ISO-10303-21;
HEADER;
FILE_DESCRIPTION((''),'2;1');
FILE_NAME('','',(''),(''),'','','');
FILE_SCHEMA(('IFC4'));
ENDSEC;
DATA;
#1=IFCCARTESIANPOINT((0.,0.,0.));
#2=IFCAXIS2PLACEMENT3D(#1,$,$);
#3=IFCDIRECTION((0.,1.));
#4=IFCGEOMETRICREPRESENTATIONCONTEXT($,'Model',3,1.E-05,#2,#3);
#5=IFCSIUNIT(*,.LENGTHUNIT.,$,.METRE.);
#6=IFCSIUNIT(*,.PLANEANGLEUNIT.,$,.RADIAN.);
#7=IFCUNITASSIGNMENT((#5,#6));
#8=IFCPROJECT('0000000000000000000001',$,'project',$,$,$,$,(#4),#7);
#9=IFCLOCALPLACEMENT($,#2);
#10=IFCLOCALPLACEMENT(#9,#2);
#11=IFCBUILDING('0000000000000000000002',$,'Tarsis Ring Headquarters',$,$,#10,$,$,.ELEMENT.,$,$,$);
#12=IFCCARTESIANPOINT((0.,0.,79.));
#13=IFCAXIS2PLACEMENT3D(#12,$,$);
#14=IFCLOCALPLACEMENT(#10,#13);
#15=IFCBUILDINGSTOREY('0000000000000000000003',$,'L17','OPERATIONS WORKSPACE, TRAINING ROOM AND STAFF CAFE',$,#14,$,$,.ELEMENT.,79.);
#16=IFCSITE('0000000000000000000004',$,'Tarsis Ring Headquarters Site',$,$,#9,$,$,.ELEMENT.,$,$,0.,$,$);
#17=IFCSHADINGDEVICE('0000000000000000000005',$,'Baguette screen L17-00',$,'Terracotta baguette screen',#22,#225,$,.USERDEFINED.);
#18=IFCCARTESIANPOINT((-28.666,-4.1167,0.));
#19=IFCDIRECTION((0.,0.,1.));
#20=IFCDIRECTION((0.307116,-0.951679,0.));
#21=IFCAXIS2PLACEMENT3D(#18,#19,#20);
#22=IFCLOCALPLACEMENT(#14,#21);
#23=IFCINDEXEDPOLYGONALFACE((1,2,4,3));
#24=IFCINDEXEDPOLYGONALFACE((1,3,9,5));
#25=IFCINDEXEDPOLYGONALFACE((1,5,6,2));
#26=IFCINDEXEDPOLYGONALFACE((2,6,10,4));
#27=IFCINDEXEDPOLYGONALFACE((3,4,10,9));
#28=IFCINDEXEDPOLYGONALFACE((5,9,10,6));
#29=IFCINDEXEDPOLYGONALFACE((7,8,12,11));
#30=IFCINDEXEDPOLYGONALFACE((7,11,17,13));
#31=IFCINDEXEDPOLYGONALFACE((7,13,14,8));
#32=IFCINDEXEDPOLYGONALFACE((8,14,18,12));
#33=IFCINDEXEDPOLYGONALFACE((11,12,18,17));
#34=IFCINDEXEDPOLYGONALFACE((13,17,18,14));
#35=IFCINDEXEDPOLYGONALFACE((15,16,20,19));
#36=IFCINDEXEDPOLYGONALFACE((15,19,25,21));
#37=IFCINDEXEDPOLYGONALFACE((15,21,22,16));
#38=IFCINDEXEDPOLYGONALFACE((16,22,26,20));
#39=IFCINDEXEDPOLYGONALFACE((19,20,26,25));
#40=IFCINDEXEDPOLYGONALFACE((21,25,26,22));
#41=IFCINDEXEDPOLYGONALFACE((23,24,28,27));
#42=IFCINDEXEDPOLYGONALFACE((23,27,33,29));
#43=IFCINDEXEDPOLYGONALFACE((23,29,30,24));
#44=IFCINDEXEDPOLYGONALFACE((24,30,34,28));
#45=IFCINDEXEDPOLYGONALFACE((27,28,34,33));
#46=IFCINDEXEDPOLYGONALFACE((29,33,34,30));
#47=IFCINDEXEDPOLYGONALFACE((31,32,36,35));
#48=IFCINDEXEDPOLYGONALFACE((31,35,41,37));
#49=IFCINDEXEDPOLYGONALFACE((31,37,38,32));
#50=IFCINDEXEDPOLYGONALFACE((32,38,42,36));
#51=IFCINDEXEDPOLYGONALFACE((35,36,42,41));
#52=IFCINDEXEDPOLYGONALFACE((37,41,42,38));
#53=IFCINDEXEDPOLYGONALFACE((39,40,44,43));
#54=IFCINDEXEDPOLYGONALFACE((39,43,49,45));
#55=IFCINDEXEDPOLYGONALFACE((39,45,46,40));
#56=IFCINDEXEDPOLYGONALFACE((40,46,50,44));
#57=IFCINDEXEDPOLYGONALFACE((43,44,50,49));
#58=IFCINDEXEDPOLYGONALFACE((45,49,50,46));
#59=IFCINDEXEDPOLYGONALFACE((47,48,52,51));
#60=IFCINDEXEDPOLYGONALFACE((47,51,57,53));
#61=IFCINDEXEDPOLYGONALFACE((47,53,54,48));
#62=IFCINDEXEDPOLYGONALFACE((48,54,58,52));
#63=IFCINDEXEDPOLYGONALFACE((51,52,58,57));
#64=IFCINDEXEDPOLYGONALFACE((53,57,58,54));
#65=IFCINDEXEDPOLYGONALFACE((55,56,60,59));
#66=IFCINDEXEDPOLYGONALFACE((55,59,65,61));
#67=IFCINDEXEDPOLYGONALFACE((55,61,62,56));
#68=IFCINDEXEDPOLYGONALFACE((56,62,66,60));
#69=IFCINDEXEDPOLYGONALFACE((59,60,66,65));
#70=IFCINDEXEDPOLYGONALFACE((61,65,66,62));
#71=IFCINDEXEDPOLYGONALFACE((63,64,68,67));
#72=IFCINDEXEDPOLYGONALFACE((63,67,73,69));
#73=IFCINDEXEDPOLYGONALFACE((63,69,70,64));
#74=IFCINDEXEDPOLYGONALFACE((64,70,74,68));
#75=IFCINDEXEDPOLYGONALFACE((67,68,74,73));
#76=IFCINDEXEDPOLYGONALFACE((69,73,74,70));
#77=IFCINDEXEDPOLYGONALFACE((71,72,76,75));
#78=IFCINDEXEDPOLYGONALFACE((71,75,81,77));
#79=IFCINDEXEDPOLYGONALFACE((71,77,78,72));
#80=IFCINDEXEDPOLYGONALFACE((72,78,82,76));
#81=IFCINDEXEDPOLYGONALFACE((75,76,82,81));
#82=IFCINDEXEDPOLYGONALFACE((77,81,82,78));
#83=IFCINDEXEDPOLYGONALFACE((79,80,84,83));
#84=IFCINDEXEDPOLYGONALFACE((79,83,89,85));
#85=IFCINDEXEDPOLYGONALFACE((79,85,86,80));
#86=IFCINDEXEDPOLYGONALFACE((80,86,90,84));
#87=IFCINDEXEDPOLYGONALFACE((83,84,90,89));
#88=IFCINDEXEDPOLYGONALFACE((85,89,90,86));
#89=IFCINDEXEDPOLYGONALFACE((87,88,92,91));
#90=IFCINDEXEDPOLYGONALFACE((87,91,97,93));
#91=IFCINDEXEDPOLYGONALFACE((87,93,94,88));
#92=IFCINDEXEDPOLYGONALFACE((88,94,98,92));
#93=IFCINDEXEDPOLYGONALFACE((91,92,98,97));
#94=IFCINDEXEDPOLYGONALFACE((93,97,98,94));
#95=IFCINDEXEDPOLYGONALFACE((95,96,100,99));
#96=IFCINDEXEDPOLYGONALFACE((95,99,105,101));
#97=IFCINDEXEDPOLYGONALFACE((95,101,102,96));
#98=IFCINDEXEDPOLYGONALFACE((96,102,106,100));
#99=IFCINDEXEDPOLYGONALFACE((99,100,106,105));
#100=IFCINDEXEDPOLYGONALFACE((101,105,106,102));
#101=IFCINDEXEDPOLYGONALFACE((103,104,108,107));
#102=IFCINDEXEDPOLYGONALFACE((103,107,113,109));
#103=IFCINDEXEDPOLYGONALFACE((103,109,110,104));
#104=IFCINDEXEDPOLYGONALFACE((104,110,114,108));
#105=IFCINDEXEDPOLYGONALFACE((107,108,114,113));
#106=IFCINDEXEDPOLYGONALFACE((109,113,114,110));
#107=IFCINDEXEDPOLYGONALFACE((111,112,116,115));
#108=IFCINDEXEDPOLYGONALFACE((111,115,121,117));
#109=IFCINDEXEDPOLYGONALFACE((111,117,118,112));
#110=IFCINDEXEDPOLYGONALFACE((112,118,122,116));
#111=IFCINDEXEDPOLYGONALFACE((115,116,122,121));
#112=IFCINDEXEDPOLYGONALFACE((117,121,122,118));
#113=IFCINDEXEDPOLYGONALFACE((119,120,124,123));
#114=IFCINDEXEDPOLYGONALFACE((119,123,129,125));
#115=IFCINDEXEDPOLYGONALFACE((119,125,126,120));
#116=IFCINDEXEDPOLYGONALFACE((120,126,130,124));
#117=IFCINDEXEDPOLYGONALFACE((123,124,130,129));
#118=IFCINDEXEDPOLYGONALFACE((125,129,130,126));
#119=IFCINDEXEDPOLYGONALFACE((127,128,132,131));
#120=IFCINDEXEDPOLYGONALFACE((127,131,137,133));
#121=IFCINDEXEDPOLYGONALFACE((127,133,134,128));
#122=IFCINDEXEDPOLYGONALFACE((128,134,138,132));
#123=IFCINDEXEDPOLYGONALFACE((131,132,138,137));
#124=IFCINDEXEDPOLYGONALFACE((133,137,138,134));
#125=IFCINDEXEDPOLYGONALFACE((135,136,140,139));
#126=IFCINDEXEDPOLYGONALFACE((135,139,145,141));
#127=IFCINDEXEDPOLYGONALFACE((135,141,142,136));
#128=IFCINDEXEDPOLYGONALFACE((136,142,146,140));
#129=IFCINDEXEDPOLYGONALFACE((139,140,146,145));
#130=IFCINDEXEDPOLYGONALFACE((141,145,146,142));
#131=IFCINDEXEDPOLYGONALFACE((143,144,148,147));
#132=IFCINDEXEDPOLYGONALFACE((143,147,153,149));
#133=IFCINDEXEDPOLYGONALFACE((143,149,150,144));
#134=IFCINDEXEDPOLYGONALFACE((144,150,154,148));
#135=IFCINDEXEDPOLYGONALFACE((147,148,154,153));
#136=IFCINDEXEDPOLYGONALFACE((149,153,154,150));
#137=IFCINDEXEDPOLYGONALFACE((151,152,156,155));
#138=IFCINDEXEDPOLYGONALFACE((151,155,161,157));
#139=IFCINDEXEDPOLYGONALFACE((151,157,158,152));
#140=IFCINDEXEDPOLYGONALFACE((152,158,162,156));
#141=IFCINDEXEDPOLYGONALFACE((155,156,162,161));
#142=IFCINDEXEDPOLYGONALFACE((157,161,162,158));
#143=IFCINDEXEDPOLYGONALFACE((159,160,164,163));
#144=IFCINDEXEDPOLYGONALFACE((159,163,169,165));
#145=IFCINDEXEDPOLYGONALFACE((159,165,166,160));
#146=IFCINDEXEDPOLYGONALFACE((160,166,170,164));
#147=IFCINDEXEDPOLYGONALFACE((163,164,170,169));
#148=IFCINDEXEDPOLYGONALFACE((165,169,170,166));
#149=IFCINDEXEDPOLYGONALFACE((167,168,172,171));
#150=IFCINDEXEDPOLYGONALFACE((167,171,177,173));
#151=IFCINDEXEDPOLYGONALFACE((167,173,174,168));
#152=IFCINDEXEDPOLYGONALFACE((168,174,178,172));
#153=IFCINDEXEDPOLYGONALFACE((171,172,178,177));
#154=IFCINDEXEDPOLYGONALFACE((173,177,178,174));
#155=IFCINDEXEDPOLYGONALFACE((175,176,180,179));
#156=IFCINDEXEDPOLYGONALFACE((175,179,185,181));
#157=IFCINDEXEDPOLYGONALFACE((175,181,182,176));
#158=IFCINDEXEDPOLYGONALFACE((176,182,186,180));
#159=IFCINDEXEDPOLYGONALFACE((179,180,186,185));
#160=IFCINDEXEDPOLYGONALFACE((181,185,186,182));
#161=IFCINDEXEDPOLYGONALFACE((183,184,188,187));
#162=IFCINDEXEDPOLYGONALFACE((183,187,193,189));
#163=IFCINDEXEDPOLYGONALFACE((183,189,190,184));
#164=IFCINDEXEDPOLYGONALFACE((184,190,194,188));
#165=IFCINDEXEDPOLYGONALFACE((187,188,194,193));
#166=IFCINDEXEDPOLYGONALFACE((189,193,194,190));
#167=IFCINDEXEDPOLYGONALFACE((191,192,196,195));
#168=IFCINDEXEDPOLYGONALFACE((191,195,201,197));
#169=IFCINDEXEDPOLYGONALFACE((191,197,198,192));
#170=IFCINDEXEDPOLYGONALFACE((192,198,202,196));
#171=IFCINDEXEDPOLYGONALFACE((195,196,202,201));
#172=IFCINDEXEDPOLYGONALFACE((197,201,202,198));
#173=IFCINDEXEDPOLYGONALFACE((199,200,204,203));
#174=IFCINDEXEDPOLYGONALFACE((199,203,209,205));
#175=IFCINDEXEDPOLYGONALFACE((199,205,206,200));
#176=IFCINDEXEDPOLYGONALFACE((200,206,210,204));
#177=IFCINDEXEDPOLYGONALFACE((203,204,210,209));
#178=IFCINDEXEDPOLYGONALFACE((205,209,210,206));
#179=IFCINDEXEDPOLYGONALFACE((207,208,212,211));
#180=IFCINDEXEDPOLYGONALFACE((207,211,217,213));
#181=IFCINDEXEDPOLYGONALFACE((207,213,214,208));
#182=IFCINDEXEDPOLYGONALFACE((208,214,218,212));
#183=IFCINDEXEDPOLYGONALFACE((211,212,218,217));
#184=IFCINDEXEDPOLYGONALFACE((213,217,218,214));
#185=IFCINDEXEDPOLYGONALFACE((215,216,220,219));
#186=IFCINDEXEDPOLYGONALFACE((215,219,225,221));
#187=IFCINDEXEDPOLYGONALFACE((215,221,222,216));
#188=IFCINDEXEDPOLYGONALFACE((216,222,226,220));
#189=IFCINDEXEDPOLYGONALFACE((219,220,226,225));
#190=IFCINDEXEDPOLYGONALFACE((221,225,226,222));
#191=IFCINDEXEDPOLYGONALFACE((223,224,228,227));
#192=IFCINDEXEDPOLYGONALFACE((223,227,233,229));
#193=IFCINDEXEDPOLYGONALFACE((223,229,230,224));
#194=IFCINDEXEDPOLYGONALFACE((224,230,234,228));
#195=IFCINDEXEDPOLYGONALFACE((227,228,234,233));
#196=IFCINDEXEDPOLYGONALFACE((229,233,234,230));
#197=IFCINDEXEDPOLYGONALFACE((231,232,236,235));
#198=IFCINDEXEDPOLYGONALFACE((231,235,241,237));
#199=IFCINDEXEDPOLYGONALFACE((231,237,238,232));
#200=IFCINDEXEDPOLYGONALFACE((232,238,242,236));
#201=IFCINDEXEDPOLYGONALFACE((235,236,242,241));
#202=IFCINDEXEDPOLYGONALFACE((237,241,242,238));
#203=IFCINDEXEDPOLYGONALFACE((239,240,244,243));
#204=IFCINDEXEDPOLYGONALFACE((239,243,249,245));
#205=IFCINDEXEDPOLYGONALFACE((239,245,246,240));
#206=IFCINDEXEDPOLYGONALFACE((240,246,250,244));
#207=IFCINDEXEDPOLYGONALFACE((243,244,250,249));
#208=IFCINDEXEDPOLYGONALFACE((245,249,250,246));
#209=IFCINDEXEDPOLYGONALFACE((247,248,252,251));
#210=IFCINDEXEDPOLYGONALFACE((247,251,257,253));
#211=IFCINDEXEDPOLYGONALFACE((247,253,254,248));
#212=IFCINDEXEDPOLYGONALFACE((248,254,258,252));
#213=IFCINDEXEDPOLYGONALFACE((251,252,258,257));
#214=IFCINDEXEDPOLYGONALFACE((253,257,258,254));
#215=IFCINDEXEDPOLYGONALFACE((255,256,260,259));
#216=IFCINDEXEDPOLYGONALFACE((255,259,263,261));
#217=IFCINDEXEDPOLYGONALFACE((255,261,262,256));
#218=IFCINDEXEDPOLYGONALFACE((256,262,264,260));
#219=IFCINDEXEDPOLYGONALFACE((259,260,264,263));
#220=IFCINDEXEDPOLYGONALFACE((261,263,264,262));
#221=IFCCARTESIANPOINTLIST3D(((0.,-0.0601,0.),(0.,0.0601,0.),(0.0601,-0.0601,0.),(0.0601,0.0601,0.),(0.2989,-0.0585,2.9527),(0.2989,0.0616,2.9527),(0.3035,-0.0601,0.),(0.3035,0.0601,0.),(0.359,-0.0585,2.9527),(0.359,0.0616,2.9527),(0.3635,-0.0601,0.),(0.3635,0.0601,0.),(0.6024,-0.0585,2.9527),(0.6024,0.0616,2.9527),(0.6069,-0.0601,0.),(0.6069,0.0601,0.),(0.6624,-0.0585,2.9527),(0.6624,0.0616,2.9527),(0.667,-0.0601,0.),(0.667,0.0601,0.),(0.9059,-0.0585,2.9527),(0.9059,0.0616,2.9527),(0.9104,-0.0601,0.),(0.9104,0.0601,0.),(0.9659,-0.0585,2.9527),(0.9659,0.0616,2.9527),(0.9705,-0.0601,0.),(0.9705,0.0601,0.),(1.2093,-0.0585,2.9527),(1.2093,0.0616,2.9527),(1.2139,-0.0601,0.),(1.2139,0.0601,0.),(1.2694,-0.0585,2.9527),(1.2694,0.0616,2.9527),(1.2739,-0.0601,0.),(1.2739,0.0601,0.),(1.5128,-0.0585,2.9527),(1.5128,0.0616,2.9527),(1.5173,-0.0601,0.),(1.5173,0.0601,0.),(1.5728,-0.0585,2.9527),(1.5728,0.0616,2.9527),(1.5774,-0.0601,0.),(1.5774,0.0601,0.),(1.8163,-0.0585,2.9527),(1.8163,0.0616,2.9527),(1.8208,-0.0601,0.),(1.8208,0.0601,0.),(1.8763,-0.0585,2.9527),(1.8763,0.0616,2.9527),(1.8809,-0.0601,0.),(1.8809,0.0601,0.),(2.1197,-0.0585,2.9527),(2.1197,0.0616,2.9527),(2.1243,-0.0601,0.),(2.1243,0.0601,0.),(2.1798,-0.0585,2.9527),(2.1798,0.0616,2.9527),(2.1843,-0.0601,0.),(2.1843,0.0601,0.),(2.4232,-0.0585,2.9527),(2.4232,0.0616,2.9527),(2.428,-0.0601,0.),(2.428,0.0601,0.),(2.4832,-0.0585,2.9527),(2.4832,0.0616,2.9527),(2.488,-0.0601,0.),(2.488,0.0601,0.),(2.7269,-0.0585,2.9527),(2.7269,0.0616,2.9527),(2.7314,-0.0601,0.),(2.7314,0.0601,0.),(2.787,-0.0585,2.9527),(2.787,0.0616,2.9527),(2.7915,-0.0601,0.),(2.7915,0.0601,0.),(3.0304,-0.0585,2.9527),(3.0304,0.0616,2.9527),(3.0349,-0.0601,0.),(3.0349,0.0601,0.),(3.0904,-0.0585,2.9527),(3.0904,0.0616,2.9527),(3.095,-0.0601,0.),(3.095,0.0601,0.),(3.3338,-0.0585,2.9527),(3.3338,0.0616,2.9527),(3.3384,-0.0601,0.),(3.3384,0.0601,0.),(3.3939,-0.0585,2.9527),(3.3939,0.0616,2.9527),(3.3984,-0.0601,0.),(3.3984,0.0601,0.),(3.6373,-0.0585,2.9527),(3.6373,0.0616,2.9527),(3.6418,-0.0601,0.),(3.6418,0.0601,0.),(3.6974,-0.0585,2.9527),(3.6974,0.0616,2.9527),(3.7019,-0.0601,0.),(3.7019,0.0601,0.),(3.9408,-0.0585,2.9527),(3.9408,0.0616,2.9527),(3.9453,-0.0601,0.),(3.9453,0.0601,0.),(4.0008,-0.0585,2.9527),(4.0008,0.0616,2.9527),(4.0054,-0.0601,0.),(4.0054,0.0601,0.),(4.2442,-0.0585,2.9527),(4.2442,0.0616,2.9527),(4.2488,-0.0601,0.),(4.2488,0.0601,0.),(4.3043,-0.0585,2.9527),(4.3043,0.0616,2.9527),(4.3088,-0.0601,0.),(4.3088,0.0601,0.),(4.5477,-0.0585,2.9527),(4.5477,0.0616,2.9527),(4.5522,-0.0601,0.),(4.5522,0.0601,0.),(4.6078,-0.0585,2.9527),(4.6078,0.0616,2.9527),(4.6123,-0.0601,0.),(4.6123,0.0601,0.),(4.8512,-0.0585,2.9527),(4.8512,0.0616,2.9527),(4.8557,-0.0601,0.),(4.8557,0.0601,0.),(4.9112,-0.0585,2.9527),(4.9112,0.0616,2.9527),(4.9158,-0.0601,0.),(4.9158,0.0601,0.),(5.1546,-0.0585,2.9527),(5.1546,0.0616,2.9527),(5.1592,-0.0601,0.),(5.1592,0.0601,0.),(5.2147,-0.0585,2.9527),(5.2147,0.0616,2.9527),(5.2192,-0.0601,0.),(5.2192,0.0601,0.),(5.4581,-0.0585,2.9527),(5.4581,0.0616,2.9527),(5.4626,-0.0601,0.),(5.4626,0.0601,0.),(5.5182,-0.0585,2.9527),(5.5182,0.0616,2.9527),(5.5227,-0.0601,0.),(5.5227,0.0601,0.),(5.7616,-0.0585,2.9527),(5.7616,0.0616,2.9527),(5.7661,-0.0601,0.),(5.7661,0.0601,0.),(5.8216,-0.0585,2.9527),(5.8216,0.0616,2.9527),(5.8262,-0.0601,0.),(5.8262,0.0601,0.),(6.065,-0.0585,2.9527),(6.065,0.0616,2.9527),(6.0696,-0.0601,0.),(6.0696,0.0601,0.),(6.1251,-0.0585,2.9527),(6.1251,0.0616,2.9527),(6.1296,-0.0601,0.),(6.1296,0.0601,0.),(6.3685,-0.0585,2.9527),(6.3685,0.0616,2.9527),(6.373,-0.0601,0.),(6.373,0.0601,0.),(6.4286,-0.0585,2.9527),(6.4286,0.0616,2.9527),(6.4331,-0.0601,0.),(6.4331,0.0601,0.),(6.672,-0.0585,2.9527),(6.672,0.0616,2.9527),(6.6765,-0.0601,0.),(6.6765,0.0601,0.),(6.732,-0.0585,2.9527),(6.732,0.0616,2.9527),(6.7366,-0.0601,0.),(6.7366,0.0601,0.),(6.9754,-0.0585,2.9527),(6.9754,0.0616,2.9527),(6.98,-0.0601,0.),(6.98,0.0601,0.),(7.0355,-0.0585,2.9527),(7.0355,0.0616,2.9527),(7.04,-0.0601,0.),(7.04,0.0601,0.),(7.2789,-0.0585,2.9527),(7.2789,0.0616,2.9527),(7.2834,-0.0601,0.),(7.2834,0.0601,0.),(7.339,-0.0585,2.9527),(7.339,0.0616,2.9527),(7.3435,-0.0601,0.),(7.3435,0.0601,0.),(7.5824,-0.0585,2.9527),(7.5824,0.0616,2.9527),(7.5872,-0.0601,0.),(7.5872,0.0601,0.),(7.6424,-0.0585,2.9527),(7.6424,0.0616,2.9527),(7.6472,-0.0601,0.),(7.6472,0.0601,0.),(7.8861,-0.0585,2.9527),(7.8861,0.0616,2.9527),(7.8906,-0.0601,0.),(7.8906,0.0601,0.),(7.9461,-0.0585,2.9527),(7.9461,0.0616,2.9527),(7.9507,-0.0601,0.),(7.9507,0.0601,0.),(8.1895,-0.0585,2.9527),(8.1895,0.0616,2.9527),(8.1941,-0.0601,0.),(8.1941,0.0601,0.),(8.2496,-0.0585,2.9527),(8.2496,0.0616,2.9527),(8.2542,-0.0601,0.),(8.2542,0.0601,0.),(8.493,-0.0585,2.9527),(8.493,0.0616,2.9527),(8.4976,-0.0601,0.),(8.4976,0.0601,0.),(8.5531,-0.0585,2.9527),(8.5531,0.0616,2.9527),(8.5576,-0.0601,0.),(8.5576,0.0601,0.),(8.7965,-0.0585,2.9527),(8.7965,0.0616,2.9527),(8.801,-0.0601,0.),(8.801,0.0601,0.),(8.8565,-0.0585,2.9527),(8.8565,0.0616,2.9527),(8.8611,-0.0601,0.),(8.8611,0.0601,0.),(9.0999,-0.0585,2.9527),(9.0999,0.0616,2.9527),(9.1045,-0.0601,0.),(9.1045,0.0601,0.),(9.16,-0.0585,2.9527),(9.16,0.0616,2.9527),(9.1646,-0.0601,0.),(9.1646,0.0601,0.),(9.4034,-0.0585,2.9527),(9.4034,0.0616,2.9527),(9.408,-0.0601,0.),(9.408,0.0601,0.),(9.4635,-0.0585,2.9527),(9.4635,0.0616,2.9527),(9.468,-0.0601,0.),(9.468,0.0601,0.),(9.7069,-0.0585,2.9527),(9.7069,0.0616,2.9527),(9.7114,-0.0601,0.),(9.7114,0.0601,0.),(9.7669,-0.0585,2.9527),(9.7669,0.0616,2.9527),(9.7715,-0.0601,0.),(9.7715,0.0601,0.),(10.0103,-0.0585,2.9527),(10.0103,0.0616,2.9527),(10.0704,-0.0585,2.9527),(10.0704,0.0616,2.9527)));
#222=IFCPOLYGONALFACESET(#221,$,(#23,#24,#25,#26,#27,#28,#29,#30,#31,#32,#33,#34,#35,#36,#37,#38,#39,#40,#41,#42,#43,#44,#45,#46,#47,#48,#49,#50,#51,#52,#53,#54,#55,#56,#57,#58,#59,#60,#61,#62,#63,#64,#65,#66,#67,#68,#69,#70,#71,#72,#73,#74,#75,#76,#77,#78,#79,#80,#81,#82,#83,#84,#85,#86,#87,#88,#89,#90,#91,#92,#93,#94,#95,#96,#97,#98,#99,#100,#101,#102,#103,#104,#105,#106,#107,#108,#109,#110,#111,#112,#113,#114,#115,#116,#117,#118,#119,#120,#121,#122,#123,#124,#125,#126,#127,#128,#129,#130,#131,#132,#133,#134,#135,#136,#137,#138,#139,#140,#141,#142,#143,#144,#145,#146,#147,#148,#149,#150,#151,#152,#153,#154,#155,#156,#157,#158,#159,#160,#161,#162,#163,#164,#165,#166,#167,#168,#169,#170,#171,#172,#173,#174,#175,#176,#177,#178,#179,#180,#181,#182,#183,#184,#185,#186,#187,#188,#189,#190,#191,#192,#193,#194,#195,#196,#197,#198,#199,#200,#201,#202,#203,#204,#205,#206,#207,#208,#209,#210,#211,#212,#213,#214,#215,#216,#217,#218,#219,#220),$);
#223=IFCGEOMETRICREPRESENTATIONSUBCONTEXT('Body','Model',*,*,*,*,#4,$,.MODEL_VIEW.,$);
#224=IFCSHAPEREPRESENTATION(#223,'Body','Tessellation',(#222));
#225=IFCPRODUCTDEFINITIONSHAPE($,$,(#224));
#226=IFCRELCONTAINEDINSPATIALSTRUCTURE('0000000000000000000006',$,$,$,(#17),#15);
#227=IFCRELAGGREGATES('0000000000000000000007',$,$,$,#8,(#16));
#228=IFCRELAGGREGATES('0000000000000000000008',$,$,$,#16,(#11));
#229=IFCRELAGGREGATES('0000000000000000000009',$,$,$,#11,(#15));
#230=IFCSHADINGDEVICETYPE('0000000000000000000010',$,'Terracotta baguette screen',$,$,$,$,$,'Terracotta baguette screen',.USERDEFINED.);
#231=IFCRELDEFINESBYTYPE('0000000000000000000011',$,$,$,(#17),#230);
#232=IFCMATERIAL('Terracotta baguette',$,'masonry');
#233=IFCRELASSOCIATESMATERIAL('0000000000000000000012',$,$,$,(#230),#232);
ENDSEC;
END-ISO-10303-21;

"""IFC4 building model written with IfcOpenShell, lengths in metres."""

from ifc_helpers import new_model, si_unit, direction, frame, frame_2d, origin, place, context, subcontext, project, spatial, rectangle, composite_profile, extrude, material, type_object, element, save


model = new_model("IFC4")

# Units and contexts
model_context = context("Model", 3, precision=1e-05, world=origin(), true_north=direction((0.0, 1.0)))
body_context = subcontext(model_context, "Body", "Model", "MODEL_VIEW")
ifc_project = project(units=[si_unit("LENGTHUNIT", "METRE"), si_unit("PLANEANGLEUNIT", "RADIAN")], contexts=[model_context])

# Site, building, storey
site_placement = place(None, origin())
site = spatial("IfcSite", under=ifc_project, at=site_placement, Name="Tarsis Ring Headquarters Site", CompositionType="ELEMENT", RefElevation=0.0)
building_placement = place(site_placement, origin())
building = spatial("IfcBuilding", under=site, at=building_placement, Name="Tarsis Ring Headquarters", CompositionType="ELEMENT")
storey_placement = place(building_placement, frame((0.0, 0.0, 79.0)))
storey = spatial("IfcBuildingStorey", under=building, at=storey_placement, Name="L17", Description="OPERATIONS WORKSPACE, TRAINING ROOM AND STAFF CAFE", CompositionType="ELEMENT", Elevation=79.0)

# Shading device
ifc_material_1 = material(Name="Terracotta baguette", Category="masonry")
shading_device_type = type_object("IfcShadingDeviceType", Name="Terracotta baguette screen", ElementType="Terracotta baguette screen", PredefinedType="USERDEFINED", material=ifc_material_1)
shading_device_placement = place(storey_placement, frame((-28.666, -4.1167, 0.0), z_axis=(0.0, 0.0, 1.0), x_axis=(0.307116, -0.951679, 0.0)))
element("IfcShadingDevice", 1, at=shading_device_placement, inside=storey, type_object=shading_device_type, Name="Baguette screen L17-00", ObjectType="Terracotta baguette screen", PredefinedType="USERDEFINED", context=body_context, shape_type="SweptSolid", body=[
    extrude(composite_profile([rectangle(XDim=0.0601, YDim=0.1201, at=frame_2d((0.03, 0.0))), rectangle(XDim=0.0601, YDim=0.1201, at=frame_2d((0.3335, 0.0))), rectangle(XDim=0.0601, YDim=0.1201, at=frame_2d((0.637, 0.0))), rectangle(XDim=0.0601, YDim=0.1201, at=frame_2d((0.9404, 0.0))), rectangle(XDim=0.0601, YDim=0.1201, at=frame_2d((1.2439, 0.0))), rectangle(XDim=0.0601, YDim=0.1201, at=frame_2d((1.5474, 0.0))), rectangle(XDim=0.0601, YDim=0.1201, at=frame_2d((1.8508, 0.0))), rectangle(XDim=0.0601, YDim=0.1201, at=frame_2d((2.1543, 0.0))), rectangle(XDim=0.0601, YDim=0.1201, at=frame_2d((2.458, 0.0))), rectangle(XDim=0.0601, YDim=0.1201, at=frame_2d((2.7615, 0.0))), rectangle(XDim=0.0601, YDim=0.1201, at=frame_2d((3.0649, 0.0))), rectangle(XDim=0.0601, YDim=0.1201, at=frame_2d((3.3684, 0.0))), rectangle(XDim=0.0601, YDim=0.1201, at=frame_2d((3.6719, 0.0))), rectangle(XDim=0.0601, YDim=0.1201, at=frame_2d((3.9753, 0.0))), rectangle(XDim=0.0601, YDim=0.1201, at=frame_2d((4.2788, 0.0))), rectangle(XDim=0.0601, YDim=0.1201, at=frame_2d((4.5823, 0.0))), rectangle(XDim=0.0601, YDim=0.1201, at=frame_2d((4.8857, 0.0))), rectangle(XDim=0.0601, YDim=0.1201, at=frame_2d((5.1892, 0.0))), rectangle(XDim=0.0601, YDim=0.1201, at=frame_2d((5.4927, 0.0))), rectangle(XDim=0.0601, YDim=0.1201, at=frame_2d((5.7961, 0.0))), rectangle(XDim=0.0601, YDim=0.1201, at=frame_2d((6.0996, 0.0))), rectangle(XDim=0.0601, YDim=0.1201, at=frame_2d((6.4031, 0.0))), rectangle(XDim=0.0601, YDim=0.1201, at=frame_2d((6.7065, 0.0))), rectangle(XDim=0.0601, YDim=0.1201, at=frame_2d((7.01, 0.0))), rectangle(XDim=0.0601, YDim=0.1201, at=frame_2d((7.3135, 0.0))), rectangle(XDim=0.0601, YDim=0.1201, at=frame_2d((7.6172, 0.0))), rectangle(XDim=0.0601, YDim=0.1201, at=frame_2d((7.9207, 0.0))), rectangle(XDim=0.0601, YDim=0.1201, at=frame_2d((8.2241, 0.0))), rectangle(XDim=0.0601, YDim=0.1201, at=frame_2d((8.5276, 0.0))), rectangle(XDim=0.0601, YDim=0.1201, at=frame_2d((8.8311, 0.0))), rectangle(XDim=0.0601, YDim=0.1201, at=frame_2d((9.1345, 0.0))), rectangle(XDim=0.0601, YDim=0.1201, at=frame_2d((9.438, 0.0))), rectangle(XDim=0.0601, YDim=0.1201, at=frame_2d((9.7415, 0.0)))]), origin(), (0.100723, 0.000526, 0.994914), 2.9678),
])

save(model, "model.ifc")
